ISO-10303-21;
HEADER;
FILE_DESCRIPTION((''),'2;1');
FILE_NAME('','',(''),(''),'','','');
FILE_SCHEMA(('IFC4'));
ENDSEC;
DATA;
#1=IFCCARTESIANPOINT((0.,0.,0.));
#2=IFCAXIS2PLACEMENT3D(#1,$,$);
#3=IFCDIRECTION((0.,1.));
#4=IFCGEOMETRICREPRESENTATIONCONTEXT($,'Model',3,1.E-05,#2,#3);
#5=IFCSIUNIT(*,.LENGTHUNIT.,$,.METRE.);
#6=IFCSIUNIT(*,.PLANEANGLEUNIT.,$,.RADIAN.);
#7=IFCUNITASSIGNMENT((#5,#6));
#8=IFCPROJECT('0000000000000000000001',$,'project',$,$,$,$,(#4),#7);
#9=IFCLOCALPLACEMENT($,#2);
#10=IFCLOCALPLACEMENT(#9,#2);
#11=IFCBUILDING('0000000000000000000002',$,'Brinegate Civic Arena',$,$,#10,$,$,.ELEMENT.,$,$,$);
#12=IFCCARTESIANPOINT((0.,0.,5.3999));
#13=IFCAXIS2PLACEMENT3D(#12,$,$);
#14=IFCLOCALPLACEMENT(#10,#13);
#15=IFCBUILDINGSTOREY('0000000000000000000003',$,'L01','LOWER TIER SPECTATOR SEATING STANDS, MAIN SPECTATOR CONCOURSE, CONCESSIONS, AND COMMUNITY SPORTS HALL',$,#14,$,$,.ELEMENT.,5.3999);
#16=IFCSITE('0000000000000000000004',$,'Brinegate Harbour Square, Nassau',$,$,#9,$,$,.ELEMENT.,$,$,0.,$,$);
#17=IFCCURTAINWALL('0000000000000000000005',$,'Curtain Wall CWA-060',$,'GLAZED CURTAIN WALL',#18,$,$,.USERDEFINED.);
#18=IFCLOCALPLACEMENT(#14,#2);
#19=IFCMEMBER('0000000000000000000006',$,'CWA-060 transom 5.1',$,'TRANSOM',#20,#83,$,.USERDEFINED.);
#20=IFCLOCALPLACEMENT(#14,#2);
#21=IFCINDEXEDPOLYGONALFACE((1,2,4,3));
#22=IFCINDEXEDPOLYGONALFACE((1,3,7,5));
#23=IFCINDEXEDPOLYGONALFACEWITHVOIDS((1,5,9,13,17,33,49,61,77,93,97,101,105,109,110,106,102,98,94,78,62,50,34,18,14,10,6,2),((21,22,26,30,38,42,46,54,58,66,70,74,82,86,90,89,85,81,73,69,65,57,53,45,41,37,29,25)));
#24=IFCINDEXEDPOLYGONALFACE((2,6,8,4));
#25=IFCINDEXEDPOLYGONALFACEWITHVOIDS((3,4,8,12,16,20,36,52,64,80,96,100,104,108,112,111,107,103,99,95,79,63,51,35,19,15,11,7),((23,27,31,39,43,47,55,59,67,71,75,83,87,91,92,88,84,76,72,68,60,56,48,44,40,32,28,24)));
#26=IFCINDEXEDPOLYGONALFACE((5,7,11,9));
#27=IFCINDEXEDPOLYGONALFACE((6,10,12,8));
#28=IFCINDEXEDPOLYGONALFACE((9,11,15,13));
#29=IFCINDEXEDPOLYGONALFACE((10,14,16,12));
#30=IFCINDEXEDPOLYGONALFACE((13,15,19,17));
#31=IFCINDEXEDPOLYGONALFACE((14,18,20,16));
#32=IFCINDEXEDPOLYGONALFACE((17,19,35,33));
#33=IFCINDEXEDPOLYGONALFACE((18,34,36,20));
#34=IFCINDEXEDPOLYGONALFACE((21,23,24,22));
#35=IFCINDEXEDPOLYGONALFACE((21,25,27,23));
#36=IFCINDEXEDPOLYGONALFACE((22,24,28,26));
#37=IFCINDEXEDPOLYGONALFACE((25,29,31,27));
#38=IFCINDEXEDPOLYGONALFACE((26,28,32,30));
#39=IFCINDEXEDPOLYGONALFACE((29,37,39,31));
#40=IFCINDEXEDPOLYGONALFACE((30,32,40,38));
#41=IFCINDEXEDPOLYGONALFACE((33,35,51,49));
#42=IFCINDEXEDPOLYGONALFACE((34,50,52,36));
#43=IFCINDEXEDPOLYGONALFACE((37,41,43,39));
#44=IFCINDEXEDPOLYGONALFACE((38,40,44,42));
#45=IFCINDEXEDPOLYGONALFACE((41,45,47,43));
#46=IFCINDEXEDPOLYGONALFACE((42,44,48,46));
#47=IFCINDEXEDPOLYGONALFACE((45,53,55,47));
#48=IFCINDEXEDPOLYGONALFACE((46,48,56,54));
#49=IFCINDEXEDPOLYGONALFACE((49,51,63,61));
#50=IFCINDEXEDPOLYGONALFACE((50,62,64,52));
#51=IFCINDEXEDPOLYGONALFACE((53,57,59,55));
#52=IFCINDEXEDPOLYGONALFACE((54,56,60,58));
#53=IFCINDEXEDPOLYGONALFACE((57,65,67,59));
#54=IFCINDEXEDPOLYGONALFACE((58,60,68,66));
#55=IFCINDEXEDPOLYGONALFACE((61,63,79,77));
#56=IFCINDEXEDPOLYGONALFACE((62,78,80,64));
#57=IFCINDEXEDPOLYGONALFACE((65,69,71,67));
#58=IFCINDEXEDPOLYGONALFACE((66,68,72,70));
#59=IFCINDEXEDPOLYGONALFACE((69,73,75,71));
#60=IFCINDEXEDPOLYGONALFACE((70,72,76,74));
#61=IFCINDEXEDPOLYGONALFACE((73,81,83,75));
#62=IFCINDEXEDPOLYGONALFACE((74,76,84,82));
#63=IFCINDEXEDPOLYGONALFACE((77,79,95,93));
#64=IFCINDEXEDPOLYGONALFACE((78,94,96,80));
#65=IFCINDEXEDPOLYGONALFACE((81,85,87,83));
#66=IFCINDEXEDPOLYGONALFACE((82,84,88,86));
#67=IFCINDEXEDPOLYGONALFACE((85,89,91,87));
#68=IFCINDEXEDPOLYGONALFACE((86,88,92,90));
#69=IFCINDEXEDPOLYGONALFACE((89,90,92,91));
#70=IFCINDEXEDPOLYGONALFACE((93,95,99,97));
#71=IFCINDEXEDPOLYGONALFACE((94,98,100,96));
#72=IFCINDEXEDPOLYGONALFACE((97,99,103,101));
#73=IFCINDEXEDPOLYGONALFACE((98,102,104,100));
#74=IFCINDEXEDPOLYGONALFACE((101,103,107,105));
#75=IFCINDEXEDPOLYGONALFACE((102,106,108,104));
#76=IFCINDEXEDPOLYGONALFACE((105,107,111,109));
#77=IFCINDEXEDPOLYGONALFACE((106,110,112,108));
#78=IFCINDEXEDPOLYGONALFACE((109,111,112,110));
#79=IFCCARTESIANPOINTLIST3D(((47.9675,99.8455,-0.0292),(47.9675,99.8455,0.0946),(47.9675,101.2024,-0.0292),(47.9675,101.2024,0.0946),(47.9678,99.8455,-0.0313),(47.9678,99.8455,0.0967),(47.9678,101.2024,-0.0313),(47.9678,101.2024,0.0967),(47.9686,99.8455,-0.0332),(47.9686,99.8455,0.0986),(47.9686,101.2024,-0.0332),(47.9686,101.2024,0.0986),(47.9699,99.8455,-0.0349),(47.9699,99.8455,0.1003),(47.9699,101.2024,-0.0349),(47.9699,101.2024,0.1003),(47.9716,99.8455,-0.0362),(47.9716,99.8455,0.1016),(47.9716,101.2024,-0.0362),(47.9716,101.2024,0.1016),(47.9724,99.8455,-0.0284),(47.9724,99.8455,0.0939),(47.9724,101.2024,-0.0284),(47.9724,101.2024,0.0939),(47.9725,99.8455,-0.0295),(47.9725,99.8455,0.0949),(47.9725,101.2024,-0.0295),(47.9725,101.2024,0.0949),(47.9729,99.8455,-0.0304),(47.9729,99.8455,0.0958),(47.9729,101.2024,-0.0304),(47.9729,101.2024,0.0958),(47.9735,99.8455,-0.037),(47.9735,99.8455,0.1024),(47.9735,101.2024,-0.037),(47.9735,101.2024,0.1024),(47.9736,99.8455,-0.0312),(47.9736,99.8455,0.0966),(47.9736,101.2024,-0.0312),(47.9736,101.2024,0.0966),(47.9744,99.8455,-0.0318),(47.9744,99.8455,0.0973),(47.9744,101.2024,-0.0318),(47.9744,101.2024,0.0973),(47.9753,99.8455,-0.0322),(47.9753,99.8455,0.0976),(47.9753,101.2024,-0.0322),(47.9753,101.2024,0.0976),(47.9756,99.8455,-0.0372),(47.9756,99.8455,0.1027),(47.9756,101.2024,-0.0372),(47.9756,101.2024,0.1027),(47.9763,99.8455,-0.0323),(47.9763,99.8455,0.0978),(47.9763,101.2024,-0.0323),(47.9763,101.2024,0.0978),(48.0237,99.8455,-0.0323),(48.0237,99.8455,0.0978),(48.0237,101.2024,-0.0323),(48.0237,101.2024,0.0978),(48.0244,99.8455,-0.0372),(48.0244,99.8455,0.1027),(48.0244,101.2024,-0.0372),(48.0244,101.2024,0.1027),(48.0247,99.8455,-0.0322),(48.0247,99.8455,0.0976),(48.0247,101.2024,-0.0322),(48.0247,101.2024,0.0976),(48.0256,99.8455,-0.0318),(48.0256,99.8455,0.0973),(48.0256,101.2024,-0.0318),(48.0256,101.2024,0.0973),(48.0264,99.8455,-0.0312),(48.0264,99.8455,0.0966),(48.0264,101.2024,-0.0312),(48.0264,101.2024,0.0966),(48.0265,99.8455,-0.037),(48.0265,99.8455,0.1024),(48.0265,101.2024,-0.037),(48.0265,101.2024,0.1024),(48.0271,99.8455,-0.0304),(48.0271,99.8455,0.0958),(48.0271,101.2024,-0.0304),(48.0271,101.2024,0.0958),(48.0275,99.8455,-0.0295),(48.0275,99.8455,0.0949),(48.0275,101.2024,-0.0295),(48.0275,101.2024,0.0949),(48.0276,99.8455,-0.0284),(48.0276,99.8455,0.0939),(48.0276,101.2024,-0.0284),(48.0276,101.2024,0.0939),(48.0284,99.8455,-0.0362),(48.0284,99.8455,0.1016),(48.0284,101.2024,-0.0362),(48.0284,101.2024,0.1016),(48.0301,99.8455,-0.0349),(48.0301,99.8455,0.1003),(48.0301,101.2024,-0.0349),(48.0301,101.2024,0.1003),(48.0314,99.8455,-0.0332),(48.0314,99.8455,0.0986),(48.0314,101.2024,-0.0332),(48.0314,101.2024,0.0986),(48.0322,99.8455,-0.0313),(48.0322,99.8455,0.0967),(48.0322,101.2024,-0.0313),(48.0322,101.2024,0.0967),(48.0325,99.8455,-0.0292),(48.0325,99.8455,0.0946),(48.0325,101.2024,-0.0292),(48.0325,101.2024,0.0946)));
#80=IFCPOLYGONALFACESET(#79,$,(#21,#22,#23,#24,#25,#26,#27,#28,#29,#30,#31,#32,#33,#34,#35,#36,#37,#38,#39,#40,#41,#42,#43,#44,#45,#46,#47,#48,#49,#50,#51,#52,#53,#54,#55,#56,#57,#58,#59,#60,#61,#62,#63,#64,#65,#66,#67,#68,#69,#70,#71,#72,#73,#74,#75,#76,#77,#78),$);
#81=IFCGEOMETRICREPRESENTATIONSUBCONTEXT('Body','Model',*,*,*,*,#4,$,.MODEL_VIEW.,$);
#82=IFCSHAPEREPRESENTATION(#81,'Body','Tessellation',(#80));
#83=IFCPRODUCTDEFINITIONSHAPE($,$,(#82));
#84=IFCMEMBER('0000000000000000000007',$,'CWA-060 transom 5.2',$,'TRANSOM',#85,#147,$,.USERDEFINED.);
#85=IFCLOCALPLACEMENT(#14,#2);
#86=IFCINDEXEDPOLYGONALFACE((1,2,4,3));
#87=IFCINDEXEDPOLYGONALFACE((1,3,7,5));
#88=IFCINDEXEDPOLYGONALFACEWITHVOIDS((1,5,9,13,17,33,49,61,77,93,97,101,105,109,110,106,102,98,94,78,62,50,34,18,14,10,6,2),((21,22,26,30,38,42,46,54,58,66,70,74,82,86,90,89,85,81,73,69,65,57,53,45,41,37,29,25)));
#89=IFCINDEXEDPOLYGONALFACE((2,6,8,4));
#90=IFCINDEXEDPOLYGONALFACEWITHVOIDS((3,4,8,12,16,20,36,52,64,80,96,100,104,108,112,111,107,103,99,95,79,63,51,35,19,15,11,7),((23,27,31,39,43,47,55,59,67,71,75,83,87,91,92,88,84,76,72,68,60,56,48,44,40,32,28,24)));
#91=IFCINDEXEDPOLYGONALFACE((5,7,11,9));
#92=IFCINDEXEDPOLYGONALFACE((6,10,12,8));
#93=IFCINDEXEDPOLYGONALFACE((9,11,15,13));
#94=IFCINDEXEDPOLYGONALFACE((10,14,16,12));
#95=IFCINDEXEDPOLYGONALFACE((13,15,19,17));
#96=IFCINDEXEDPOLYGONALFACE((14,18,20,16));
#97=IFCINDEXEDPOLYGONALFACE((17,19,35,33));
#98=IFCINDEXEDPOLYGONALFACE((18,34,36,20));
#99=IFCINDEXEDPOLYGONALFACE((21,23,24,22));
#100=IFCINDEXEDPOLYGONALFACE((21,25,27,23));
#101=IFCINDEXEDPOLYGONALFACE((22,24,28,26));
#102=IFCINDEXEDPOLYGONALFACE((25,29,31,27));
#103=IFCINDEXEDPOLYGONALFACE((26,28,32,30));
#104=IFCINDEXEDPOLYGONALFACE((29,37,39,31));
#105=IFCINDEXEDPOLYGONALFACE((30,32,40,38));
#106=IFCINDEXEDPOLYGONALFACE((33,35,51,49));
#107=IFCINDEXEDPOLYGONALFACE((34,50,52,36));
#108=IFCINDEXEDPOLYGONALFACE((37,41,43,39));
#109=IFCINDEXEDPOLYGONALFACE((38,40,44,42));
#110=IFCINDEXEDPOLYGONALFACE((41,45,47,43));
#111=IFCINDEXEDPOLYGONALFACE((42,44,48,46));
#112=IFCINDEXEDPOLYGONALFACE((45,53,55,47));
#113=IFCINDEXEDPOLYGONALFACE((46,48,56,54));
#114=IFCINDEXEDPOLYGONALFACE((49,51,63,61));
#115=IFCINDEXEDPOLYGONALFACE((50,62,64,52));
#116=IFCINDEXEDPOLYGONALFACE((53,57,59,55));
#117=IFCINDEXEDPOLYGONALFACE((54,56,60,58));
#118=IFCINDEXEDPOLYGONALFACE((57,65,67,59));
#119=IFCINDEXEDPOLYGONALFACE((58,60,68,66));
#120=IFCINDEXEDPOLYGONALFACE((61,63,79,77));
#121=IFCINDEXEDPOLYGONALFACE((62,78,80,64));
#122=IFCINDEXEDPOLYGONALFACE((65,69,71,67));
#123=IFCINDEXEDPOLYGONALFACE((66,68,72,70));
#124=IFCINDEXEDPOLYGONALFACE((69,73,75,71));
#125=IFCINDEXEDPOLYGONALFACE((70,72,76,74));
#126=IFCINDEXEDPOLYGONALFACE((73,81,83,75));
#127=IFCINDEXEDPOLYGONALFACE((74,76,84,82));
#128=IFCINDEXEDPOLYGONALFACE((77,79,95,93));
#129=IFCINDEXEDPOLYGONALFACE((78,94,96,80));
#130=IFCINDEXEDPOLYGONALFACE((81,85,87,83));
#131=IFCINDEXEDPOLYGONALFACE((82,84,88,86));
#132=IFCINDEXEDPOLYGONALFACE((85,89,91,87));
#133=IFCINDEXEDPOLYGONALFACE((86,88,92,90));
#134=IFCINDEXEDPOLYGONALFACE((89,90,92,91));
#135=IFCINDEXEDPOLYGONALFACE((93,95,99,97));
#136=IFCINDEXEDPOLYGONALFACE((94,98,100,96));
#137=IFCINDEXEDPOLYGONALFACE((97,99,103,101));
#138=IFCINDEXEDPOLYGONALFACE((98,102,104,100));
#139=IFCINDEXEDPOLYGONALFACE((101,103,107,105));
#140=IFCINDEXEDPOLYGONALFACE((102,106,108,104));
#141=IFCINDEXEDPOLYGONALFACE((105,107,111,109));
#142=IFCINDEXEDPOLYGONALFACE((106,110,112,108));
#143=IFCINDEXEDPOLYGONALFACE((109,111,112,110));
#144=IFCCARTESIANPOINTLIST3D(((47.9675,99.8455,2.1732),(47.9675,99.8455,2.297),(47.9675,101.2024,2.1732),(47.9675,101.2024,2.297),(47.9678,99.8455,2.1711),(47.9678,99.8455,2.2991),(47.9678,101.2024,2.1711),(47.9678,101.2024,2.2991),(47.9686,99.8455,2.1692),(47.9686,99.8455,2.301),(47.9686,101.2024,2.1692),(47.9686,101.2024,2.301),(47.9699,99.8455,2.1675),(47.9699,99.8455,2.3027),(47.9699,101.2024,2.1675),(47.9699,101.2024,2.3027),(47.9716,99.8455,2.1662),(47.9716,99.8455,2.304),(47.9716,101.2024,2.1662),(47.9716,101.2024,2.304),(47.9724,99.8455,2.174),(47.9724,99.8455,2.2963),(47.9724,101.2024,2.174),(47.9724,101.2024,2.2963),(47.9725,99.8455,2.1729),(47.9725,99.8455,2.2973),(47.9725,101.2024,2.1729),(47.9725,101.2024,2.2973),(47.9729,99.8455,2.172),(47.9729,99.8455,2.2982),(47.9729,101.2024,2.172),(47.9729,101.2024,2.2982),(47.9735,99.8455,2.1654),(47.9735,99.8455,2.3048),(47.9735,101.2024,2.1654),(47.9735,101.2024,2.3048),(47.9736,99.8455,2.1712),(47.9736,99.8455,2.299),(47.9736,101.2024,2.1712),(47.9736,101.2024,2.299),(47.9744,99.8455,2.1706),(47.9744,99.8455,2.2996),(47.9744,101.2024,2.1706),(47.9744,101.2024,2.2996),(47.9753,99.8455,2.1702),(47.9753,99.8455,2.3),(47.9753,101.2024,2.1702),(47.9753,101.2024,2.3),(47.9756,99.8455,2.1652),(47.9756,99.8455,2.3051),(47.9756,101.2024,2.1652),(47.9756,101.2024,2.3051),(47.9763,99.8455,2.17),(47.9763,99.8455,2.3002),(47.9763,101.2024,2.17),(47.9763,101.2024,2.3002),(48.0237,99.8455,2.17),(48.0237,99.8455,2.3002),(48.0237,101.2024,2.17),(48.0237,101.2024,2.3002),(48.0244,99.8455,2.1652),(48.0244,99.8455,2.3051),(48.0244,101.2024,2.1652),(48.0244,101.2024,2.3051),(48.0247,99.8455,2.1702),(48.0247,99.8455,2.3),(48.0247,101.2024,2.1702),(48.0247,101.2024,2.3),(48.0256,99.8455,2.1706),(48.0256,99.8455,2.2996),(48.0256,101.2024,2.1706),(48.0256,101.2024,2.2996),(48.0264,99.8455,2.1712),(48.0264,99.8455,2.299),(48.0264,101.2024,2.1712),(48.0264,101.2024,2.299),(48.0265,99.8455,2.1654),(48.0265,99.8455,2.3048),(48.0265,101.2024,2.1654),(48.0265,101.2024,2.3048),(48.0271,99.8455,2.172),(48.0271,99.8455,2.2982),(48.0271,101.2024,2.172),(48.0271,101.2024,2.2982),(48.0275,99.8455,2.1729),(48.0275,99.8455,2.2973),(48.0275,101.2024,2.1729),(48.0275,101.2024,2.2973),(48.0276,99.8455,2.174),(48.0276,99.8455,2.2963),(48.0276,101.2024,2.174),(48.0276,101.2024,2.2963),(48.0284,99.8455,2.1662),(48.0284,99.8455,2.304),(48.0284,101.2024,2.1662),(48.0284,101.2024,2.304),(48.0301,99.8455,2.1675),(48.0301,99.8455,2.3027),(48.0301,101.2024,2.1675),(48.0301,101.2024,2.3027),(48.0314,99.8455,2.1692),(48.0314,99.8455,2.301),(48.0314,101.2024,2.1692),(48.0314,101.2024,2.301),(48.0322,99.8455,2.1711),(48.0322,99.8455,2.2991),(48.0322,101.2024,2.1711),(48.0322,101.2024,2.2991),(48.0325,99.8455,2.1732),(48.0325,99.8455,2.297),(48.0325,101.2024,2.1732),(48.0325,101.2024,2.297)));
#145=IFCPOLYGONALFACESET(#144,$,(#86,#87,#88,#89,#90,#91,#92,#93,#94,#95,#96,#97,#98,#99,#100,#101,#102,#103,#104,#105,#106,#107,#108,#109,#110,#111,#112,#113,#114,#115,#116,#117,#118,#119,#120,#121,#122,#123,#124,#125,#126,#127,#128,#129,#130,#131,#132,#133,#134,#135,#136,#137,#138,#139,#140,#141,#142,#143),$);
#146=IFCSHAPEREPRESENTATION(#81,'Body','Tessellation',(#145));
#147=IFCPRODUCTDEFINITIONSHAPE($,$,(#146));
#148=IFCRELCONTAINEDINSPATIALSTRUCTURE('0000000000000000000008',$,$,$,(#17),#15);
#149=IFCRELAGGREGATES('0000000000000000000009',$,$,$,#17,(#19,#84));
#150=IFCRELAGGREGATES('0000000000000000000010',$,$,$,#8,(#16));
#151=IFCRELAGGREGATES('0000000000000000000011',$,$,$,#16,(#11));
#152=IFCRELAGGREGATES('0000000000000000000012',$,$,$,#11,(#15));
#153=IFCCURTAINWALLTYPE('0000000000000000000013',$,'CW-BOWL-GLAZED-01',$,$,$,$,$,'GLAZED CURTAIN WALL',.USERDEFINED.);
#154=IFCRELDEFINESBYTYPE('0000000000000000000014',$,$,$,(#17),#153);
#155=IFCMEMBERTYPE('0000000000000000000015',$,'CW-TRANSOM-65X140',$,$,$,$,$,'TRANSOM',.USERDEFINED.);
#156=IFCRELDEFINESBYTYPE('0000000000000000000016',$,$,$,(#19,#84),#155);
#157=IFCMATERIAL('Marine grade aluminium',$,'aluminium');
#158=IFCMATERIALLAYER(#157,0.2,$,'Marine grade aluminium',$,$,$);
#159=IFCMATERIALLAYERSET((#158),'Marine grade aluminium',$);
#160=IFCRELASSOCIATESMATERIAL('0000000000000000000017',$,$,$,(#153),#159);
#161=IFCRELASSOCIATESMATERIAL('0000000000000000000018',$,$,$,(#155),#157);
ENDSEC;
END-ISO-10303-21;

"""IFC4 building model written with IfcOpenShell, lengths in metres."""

from ifc_helpers import new_model, si_unit, direction, frame, origin, origin_2d, place, context, subcontext, project, spatial, hollow_rectangle, extrude, material, layer, layer_set, material_profile, profile_set, type_object, element, aggregate, save


model = new_model("IFC4")

# Units and contexts
model_context = context("Model", 3, precision=1e-05, world=origin(), true_north=direction((0.0, 1.0)))
body_context = subcontext(model_context, "Body", "Model", "MODEL_VIEW")
ifc_project = project(units=[si_unit("LENGTHUNIT", "METRE"), si_unit("PLANEANGLEUNIT", "RADIAN")], contexts=[model_context])

# Site, building, storey
site_placement = place(None, origin())
site = spatial("IfcSite", under=ifc_project, at=site_placement, Name="Brinegate Harbour Square, Nassau", CompositionType="ELEMENT", RefElevation=0.0)
building_placement = place(site_placement, origin())
building = spatial("IfcBuilding", under=site, at=building_placement, Name="Brinegate Civic Arena", CompositionType="ELEMENT")
storey_placement = place(building_placement, frame((0.0, 0.0, 5.3999)))
storey = spatial("IfcBuildingStorey", under=building, at=storey_placement, Name="L01", Description="LOWER TIER SPECTATOR SEATING STANDS, MAIN SPECTATOR CONCOURSE, CONCESSIONS, AND COMMUNITY SPORTS HALL", CompositionType="ELEMENT", Elevation=5.3999)

# Curtain wall, members
ifc_material_1 = material(Name="Marine grade aluminium", Category="aluminium")
ifc_layer_1 = layer(ifc_material_1, 0.2, Name="Marine grade aluminium")
ifc_layer_set_1 = layer_set([ifc_layer_1], Name="Marine grade aluminium")
curtain_wall_type = type_object("IfcCurtainWallType", Name="CW-BOWL-GLAZED-01", ElementType="GLAZED CURTAIN WALL", PredefinedType="USERDEFINED", material=ifc_layer_set_1)
curtain_wall_placement = place(storey_placement, origin())
curtain_wall = element("IfcCurtainWall", 1, at=curtain_wall_placement, inside=storey, type_object=curtain_wall_type, Name="Curtain Wall CWA-060", ObjectType="GLAZED CURTAIN WALL", PredefinedType="USERDEFINED")
ifc_material_profile_1 = material_profile(ifc_material_1, hollow_rectangle(XDim=0.0649, YDim=0.1399, WallThickness=0.0049, InnerFilletRadius=0.0039, OuterFilletRadius=0.0081, at=origin_2d()), Name="TRN65X140")
ifc_profile_set_1 = profile_set([ifc_material_profile_1], Name="Marine grade aluminium")
member_type_1 = type_object("IfcMemberType", Name="CW-TRANSOM-65X140", ElementType="TRANSOM", PredefinedType="USERDEFINED", material=ifc_profile_set_1)
member_1_placement = place(storey_placement, frame((48.0, 99.8455, 0.0327), z_axis=(0.0, 1.0, 0.0), x_axis=(-1.0, 0.0, 0.0)))
member_1 = element("IfcMember", 2, at=member_1_placement, type_object=member_type_1, Name="CWA-060 transom 5.1", ObjectType="TRANSOM", PredefinedType="USERDEFINED", context=body_context, shape_type="SweptSolid", body=[
    extrude(hollow_rectangle(XDim=0.0649, YDim=0.1399, WallThickness=0.0049, InnerFilletRadius=0.0039, OuterFilletRadius=0.0081, at=origin_2d()), origin(), (0.0, 0.0, 1.0), 1.3569),
])
member_2_placement = place(storey_placement, frame((48.0, 99.8455, 2.2351), z_axis=(0.0, 1.0, 0.0), x_axis=(-1.0, 0.0, 0.0)))
member_2 = element("IfcMember", 3, at=member_2_placement, type_object=member_type_1, Name="CWA-060 transom 5.2", ObjectType="TRANSOM", PredefinedType="USERDEFINED", context=body_context, shape_type="SweptSolid", body=[
    extrude(hollow_rectangle(XDim=0.0649, YDim=0.1399, WallThickness=0.0049, InnerFilletRadius=0.0039, OuterFilletRadius=0.0081, at=origin_2d()), origin(), (0.0, 0.0, 1.0), 1.3569),
])

aggregate(curtain_wall, [member_1, member_2])

save(model, "model.ifc")
